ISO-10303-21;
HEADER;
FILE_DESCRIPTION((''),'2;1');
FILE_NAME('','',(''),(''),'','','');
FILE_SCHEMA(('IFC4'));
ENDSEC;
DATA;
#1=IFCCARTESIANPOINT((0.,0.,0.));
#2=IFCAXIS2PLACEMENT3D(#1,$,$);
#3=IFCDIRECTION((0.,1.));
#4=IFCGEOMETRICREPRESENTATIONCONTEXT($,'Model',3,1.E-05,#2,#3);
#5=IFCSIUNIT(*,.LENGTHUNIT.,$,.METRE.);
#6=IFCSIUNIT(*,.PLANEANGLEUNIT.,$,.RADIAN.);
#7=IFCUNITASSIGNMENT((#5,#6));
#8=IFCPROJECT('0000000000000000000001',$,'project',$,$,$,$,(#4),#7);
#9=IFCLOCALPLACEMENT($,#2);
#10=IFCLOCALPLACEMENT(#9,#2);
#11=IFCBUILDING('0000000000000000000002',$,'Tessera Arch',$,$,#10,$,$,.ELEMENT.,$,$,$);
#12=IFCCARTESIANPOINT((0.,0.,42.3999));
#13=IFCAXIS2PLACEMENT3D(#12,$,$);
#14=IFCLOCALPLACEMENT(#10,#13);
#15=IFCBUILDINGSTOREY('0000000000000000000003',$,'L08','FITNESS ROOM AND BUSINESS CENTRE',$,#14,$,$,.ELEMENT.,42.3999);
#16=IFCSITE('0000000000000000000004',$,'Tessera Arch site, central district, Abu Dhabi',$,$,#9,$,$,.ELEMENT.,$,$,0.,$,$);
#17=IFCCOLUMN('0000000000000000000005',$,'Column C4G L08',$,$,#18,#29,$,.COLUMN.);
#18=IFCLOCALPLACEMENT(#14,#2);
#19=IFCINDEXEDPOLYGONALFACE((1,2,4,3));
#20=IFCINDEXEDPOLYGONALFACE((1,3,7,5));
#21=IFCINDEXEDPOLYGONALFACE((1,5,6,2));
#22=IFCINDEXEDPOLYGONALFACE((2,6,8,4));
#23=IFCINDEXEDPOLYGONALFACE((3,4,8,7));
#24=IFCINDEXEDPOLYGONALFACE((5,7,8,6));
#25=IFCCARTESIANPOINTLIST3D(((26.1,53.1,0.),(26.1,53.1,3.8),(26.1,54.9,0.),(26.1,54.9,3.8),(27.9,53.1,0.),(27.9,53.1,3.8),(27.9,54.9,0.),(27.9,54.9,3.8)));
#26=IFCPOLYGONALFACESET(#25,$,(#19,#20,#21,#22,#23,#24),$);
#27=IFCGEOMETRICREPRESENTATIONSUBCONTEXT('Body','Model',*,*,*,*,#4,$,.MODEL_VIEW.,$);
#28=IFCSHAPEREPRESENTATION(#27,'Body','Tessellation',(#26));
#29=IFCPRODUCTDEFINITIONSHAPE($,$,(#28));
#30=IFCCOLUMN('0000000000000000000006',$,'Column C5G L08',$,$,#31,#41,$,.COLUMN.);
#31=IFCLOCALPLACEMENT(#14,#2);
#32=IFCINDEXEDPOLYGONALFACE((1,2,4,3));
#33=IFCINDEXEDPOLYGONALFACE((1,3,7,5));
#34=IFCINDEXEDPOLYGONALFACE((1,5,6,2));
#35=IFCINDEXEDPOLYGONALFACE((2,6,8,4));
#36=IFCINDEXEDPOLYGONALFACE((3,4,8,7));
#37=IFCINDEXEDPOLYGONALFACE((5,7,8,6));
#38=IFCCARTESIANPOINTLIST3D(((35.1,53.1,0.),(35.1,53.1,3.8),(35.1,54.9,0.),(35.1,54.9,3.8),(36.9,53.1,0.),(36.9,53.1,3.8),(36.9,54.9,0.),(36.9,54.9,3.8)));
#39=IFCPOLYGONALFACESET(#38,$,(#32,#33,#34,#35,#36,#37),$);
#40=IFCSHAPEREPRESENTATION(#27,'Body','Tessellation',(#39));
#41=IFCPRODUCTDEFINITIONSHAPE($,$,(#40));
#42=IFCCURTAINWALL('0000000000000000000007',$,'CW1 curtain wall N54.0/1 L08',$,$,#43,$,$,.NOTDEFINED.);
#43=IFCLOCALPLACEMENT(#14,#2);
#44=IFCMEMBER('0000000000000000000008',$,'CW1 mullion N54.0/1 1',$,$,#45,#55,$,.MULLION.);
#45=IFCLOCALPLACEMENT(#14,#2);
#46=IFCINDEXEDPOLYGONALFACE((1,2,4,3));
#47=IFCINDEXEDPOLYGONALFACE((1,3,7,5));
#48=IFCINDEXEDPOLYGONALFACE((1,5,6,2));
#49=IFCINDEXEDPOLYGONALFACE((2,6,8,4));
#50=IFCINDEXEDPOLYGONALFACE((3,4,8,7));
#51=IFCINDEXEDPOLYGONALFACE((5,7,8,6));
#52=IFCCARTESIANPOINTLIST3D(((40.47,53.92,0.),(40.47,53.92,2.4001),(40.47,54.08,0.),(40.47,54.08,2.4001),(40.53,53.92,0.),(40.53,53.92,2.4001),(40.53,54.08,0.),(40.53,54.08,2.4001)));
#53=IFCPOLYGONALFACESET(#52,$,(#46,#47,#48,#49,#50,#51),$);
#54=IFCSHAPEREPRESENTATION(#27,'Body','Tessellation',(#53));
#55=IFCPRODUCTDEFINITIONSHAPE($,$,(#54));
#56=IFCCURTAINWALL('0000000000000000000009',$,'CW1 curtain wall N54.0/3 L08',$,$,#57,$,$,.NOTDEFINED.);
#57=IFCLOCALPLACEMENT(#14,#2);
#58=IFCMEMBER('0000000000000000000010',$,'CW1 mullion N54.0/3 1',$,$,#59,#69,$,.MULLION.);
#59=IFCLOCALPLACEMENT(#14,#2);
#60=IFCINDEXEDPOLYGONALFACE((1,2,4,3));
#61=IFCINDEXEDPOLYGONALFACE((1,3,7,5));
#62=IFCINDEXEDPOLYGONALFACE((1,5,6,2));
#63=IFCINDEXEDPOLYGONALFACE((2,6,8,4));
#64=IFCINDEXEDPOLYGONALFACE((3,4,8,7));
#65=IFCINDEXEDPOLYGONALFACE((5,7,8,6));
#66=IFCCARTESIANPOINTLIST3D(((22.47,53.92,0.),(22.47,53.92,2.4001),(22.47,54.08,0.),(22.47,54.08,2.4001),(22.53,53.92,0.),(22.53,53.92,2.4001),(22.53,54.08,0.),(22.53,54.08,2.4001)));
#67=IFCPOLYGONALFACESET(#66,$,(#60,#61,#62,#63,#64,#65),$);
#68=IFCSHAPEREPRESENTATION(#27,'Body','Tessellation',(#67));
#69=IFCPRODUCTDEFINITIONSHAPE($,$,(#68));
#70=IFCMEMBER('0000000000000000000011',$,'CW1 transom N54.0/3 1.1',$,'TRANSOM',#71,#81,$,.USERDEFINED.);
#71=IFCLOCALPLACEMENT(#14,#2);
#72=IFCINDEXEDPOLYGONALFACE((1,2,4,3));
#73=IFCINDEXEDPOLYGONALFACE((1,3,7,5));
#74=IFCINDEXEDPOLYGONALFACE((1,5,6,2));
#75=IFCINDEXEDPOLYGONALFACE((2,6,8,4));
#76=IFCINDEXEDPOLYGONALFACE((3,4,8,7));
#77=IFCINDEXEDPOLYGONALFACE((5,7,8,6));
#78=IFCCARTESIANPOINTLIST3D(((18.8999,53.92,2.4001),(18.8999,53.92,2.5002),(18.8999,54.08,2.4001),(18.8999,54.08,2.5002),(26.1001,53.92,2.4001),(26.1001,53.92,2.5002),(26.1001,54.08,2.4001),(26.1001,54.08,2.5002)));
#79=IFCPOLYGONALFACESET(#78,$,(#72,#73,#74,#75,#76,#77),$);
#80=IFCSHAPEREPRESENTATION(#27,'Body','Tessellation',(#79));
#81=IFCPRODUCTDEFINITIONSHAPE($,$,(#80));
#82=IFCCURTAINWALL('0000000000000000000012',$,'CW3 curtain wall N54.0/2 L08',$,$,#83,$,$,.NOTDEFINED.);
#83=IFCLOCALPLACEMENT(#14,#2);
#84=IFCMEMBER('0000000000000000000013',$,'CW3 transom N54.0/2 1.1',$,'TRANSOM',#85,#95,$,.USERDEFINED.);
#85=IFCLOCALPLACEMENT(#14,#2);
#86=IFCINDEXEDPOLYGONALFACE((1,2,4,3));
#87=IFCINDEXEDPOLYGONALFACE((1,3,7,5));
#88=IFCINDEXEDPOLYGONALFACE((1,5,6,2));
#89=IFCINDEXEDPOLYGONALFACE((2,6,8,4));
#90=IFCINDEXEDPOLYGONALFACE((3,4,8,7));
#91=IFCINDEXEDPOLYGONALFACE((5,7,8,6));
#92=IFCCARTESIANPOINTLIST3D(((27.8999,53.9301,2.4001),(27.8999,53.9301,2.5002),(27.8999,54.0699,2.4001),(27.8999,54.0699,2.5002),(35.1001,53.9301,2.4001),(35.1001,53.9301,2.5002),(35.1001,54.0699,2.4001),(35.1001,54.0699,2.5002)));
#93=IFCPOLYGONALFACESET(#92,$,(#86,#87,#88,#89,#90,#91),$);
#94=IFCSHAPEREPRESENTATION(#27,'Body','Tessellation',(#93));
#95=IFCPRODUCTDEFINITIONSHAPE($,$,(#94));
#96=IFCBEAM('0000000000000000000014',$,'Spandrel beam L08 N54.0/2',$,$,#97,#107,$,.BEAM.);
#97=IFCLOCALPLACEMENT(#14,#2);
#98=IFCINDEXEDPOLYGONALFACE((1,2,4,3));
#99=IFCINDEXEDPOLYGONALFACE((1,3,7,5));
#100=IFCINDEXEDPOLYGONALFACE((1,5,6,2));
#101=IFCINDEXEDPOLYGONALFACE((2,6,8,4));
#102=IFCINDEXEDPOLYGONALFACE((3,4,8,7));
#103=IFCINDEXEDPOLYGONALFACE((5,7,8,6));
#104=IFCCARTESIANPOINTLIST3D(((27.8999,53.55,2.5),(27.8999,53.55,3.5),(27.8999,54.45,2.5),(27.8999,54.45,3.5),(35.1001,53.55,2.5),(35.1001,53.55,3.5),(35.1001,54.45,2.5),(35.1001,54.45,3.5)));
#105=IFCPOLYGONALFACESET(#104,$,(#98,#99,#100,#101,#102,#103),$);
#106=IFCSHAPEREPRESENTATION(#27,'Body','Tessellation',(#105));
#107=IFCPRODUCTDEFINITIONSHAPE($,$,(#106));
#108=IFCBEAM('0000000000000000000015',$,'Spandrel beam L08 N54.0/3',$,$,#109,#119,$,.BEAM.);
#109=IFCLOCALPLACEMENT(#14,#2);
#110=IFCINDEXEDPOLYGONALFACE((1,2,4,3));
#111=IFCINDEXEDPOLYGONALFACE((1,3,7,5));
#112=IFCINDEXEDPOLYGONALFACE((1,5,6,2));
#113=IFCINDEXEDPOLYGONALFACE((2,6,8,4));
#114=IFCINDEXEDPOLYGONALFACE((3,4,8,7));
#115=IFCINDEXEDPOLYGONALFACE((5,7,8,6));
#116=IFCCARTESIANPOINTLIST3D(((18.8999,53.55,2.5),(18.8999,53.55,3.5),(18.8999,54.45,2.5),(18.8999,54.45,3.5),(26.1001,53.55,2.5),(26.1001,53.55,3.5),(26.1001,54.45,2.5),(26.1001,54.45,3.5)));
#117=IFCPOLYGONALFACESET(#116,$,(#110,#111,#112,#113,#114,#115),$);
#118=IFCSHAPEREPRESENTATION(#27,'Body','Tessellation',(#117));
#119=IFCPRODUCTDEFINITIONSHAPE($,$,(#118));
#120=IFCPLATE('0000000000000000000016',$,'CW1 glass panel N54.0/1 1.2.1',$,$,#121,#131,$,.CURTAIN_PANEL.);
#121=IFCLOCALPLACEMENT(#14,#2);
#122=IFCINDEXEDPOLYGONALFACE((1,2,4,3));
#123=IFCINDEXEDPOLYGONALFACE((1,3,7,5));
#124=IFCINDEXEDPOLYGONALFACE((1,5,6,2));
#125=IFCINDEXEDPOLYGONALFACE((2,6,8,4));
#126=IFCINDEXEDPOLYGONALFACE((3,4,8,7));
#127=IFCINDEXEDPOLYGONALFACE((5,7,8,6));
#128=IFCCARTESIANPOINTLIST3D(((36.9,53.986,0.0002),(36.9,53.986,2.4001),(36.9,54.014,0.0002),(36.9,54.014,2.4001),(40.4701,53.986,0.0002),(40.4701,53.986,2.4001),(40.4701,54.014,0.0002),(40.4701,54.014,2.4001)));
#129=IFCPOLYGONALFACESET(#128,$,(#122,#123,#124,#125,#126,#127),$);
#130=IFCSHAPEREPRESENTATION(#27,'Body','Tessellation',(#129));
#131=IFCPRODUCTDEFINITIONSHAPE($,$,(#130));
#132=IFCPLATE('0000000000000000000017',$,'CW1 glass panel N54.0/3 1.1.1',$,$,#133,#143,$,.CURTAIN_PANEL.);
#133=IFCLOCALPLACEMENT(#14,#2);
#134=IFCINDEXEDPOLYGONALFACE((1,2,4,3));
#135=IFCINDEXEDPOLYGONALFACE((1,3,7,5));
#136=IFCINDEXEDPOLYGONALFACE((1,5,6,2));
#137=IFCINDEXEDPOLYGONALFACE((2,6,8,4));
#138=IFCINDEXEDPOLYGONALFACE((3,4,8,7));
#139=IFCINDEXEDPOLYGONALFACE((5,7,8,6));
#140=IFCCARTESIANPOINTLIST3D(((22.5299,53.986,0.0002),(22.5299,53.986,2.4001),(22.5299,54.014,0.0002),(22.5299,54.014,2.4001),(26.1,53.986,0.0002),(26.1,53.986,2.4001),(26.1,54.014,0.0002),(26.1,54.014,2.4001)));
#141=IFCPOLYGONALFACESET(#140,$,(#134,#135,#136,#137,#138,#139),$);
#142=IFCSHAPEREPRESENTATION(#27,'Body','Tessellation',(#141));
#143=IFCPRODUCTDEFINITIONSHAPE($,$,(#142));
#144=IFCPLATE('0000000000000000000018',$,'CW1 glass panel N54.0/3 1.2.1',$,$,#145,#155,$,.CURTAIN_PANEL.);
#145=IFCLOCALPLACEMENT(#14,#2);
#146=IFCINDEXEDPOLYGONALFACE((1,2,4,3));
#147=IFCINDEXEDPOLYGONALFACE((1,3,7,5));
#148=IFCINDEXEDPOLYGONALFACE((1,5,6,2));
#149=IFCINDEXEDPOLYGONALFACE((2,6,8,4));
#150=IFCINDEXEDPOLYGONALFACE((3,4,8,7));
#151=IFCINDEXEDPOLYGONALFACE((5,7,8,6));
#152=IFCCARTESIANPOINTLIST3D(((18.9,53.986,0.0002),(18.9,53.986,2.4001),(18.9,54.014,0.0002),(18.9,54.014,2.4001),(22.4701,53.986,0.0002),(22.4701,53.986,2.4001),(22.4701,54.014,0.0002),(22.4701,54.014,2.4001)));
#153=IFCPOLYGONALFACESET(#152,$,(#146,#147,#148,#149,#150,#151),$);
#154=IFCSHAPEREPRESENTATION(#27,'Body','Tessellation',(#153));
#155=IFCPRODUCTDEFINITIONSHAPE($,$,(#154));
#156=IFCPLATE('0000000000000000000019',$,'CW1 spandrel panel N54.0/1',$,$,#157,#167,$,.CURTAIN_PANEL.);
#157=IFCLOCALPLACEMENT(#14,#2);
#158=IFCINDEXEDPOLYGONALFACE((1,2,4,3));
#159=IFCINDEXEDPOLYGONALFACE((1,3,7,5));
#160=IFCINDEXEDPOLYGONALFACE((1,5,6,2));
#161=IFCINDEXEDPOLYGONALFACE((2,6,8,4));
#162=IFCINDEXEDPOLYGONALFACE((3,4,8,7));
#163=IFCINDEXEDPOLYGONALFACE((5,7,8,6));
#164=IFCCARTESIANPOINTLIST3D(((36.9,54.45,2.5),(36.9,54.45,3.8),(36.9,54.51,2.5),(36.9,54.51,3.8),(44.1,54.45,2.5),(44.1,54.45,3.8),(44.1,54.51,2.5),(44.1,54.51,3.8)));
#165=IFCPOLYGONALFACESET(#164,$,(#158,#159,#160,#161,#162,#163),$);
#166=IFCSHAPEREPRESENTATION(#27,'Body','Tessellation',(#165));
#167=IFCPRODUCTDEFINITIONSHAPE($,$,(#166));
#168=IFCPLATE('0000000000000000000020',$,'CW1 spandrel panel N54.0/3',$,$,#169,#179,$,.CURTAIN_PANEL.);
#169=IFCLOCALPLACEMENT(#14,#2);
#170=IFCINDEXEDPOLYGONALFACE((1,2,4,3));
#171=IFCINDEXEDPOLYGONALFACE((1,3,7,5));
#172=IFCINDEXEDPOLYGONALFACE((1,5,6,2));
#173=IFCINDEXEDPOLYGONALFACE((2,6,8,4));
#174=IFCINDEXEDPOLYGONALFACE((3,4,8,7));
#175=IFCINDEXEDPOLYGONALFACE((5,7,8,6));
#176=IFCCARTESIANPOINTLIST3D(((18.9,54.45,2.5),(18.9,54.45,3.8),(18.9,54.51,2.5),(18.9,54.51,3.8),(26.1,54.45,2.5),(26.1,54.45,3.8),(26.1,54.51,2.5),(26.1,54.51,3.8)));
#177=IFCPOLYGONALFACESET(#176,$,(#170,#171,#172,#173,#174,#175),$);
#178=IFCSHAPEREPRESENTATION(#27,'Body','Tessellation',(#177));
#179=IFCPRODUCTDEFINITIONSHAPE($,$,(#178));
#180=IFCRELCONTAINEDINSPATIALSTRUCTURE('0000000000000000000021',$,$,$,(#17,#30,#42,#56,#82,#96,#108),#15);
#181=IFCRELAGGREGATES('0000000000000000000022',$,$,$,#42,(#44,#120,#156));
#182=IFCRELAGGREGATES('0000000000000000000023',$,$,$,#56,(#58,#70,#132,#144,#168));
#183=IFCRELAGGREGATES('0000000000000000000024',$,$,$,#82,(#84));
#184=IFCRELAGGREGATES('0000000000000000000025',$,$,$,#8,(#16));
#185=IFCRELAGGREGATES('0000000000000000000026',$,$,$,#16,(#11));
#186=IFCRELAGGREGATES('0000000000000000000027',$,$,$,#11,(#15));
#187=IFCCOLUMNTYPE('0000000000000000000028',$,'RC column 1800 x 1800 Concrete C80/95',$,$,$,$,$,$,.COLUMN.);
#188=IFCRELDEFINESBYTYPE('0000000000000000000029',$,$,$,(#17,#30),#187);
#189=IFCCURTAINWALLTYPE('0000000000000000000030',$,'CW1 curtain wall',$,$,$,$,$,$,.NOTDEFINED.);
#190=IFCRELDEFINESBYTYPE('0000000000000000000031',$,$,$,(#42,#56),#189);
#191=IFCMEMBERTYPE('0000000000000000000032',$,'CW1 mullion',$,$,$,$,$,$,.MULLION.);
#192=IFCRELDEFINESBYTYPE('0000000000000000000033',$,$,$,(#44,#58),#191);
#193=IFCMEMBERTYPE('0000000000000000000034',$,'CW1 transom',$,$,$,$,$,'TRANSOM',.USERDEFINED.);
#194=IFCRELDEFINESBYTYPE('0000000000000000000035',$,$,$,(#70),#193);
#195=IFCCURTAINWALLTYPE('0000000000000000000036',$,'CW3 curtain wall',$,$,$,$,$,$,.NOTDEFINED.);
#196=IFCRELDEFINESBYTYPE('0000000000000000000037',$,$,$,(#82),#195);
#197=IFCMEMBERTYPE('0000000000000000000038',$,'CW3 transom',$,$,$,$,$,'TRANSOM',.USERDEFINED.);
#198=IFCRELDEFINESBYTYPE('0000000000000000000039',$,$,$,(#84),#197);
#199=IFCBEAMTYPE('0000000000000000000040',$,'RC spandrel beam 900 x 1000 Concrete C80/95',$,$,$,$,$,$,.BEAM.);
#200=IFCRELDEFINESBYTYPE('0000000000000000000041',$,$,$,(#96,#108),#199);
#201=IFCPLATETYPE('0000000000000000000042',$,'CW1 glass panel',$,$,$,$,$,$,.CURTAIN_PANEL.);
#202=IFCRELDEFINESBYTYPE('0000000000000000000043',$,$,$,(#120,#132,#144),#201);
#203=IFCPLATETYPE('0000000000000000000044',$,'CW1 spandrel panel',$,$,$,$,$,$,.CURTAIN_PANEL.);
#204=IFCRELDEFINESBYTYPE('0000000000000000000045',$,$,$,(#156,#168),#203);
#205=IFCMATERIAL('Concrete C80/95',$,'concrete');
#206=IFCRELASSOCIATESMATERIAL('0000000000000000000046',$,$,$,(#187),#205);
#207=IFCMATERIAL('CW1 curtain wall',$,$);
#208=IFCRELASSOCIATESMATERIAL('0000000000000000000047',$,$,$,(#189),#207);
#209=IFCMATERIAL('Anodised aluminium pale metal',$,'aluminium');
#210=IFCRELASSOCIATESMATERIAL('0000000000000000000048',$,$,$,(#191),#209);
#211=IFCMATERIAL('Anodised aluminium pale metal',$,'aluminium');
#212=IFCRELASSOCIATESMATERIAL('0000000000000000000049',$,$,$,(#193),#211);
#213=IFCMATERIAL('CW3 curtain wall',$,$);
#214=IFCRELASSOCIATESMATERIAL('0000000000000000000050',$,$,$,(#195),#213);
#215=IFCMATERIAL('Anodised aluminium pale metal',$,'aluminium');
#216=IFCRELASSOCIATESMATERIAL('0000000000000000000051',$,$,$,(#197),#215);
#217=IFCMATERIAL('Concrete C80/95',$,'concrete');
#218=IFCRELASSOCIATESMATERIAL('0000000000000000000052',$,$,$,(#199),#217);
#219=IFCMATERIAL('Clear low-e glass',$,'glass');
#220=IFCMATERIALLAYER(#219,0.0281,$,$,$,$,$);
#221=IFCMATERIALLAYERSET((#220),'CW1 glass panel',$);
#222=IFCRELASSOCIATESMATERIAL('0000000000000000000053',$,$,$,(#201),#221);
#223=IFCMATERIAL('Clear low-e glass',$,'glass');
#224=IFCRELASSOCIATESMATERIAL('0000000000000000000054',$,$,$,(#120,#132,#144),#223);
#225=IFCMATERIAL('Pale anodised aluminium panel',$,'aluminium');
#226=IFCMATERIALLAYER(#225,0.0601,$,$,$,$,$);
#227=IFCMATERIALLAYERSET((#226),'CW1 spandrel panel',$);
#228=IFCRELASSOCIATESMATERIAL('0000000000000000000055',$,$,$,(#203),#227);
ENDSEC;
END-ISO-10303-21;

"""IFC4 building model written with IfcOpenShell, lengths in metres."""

from ifc_helpers import new_model, si_unit, direction, frame, origin, origin_2d, place, context, subcontext, project, spatial, rectangle, extrude, material, layer, layer_set, material_profile, profile_set, type_object, element, aggregate, save


model = new_model("IFC4")

# Units and contexts
model_context = context("Model", 3, precision=1e-05, world=origin(), true_north=direction((0.0, 1.0)))
body_context = subcontext(model_context, "Body", "Model", "MODEL_VIEW")
ifc_project = project(units=[si_unit("LENGTHUNIT", "METRE"), si_unit("PLANEANGLEUNIT", "RADIAN")], contexts=[model_context])

# Site, building, storey
site_placement = place(None, origin())
site = spatial("IfcSite", under=ifc_project, at=site_placement, Name="Tessera Arch site, central district, Abu Dhabi", CompositionType="ELEMENT", RefElevation=0.0)
building_placement = place(site_placement, origin())
building = spatial("IfcBuilding", under=site, at=building_placement, Name="Tessera Arch", CompositionType="ELEMENT")
storey_placement = place(building_placement, frame((0.0, 0.0, 42.3999)))
storey = spatial("IfcBuildingStorey", under=building, at=storey_placement, Name="L08", Description="FITNESS ROOM AND BUSINESS CENTRE", CompositionType="ELEMENT", Elevation=42.3999)

# Columns
ifc_material_1 = material(Name="Concrete C80/95", Category="concrete")
ifc_material_profile_1 = material_profile(ifc_material_1, rectangle(XDim=1.8, YDim=1.8, at=origin_2d()), Name="RC column 1800 x 1800 Concrete C80/95")
ifc_profile_set_1 = profile_set([ifc_material_profile_1], Name="Concrete C80/95")
column_type = type_object("IfcColumnType", Name="RC column 1800 x 1800 Concrete C80/95", PredefinedType="COLUMN", material=ifc_profile_set_1)
for number, where, z_axis, x_axis, name in (
    (1, (27.0, 54.0, 0.0), (0.0, 0.0, 1.0), (1.0, 0.0, 0.0), "Column C4G L08"),
    (2, (36.0, 54.0, 0.0), (0.0, 0.0, 1.0), (1.0, 0.0, 0.0), "Column C5G L08"),
):
    element("IfcColumn", number, at=place(storey_placement, frame(where, z_axis=z_axis, x_axis=x_axis)), inside=storey, type_object=column_type, Name=name, PredefinedType="COLUMN", context=body_context, shape_type="SweptSolid", body=[
        extrude(rectangle(XDim=1.8, YDim=1.8, at=origin_2d()), origin(), (0.0, 0.0, 1.0), 3.8),
    ])

# Curtain wall, member
ifc_material_2 = material(Name="CW1 curtain wall")
curtain_wall_type_1 = type_object("IfcCurtainWallType", Name="CW1 curtain wall", PredefinedType="NOTDEFINED", material=ifc_material_2)
curtain_wall_1_placement = place(storey_placement, origin())
curtain_wall_1 = element("IfcCurtainWall", 3, at=curtain_wall_1_placement, inside=storey, type_object=curtain_wall_type_1, Name="CW1 curtain wall N54.0/1 L08", PredefinedType="NOTDEFINED")
ifc_material_3 = material(Name="Anodised aluminium pale metal", Category="aluminium")
ifc_material_profile_2 = material_profile(ifc_material_3, rectangle(XDim=0.1599, YDim=0.0601, at=origin_2d()), Name="AL 60x160")
ifc_profile_set_2 = profile_set([ifc_material_profile_2], Name="Anodised aluminium pale metal")
member_type_1 = type_object("IfcMemberType", Name="CW1 mullion", PredefinedType="MULLION", material=ifc_profile_set_2)
member_1_placement = place(storey_placement, frame((40.5, 54.0, 0.0), z_axis=(0.0, 0.0, 1.0), x_axis=(0.0, -1.0, 0.0)))
member_1 = element("IfcMember", 4, at=member_1_placement, type_object=member_type_1, Name="CW1 mullion N54.0/1 1", PredefinedType="MULLION", context=body_context, shape_type="SweptSolid", body=[
    extrude(rectangle(XDim=0.1599, YDim=0.0601, at=origin_2d()), origin(), (0.0, 0.0, 1.0), 2.4001),
])

# Curtain wall, members
curtain_wall_2_placement = place(storey_placement, origin())
curtain_wall_2 = element("IfcCurtainWall", 5, at=curtain_wall_2_placement, inside=storey, type_object=curtain_wall_type_1, Name="CW1 curtain wall N54.0/3 L08", PredefinedType="NOTDEFINED")
member_2_placement = place(storey_placement, frame((22.5, 54.0, 0.0), z_axis=(0.0, 0.0, 1.0), x_axis=(0.0, -1.0, 0.0)))
member_2 = element("IfcMember", 6, at=member_2_placement, type_object=member_type_1, Name="CW1 mullion N54.0/3 1", PredefinedType="MULLION", context=body_context, shape_type="SweptSolid", body=[
    extrude(rectangle(XDim=0.1599, YDim=0.0601, at=origin_2d()), origin(), (0.0, 0.0, 1.0), 2.4001),
])
ifc_material_4 = material(Name="Anodised aluminium pale metal", Category="aluminium")
ifc_material_profile_3 = material_profile(ifc_material_4, rectangle(XDim=0.1599, YDim=0.1001, at=origin_2d()), Name="AL 160x100")
ifc_profile_set_3 = profile_set([ifc_material_profile_3], Name="Anodised aluminium pale metal")
member_type_2 = type_object("IfcMemberType", Name="CW1 transom", ElementType="TRANSOM", PredefinedType="USERDEFINED", material=ifc_profile_set_3)
member_3_placement = place(storey_placement, frame((26.1001, 54.0, 2.4502), z_axis=(-1.0, 0.0, 0.0), x_axis=(0.0, -1.0, 0.0)))
member_3 = element("IfcMember", 7, at=member_3_placement, type_object=member_type_2, Name="CW1 transom N54.0/3 1.1", ObjectType="TRANSOM", PredefinedType="USERDEFINED", context=body_context, shape_type="SweptSolid", body=[
    extrude(rectangle(XDim=0.1599, YDim=0.1001, at=origin_2d()), origin(), (0.0, 0.0, 1.0), 7.2002),
])

# Curtain wall, member
ifc_material_5 = material(Name="CW3 curtain wall")
curtain_wall_type_2 = type_object("IfcCurtainWallType", Name="CW3 curtain wall", PredefinedType="NOTDEFINED", material=ifc_material_5)
curtain_wall_3_placement = place(storey_placement, origin())
curtain_wall_3 = element("IfcCurtainWall", 8, at=curtain_wall_3_placement, inside=storey, type_object=curtain_wall_type_2, Name="CW3 curtain wall N54.0/2 L08", PredefinedType="NOTDEFINED")
ifc_material_6 = material(Name="Anodised aluminium pale metal", Category="aluminium")
ifc_material_profile_4 = material_profile(ifc_material_6, rectangle(XDim=0.1399, YDim=0.1001, at=origin_2d()), Name="AL 140x100")
ifc_profile_set_4 = profile_set([ifc_material_profile_4], Name="Anodised aluminium pale metal")
member_type_3 = type_object("IfcMemberType", Name="CW3 transom", ElementType="TRANSOM", PredefinedType="USERDEFINED", material=ifc_profile_set_4)
member_4_placement = place(storey_placement, frame((35.1001, 54.0, 2.4502), z_axis=(-1.0, 0.0, 0.0), x_axis=(0.0, -1.0, 0.0)))
member_4 = element("IfcMember", 9, at=member_4_placement, type_object=member_type_3, Name="CW3 transom N54.0/2 1.1", ObjectType="TRANSOM", PredefinedType="USERDEFINED", context=body_context, shape_type="SweptSolid", body=[
    extrude(rectangle(XDim=0.1399, YDim=0.1001, at=origin_2d()), origin(), (0.0, 0.0, 1.0), 7.2002),
])

# Beams
ifc_material_7 = material(Name="Concrete C80/95", Category="concrete")
ifc_material_profile_5 = material_profile(ifc_material_7, rectangle(XDim=0.8999, YDim=1.0, at=origin_2d()), Name="RC spandrel beam 900 x 1000 Concrete C80/95")
ifc_profile_set_5 = profile_set([ifc_material_profile_5], Name="Concrete C80/95")
beam_type = type_object("IfcBeamType", Name="RC spandrel beam 900 x 1000 Concrete C80/95", PredefinedType="BEAM", material=ifc_profile_set_5)
for number, where, z_axis, x_axis, name in (
    (10, (35.1001, 54.0, 3.0), (-1.0, 0.0, 0.0), (0.0, -1.0, 0.0), "Spandrel beam L08 N54.0/2"),
    (11, (26.1001, 54.0, 3.0), (-1.0, 0.0, 0.0), (0.0, -1.0, 0.0), "Spandrel beam L08 N54.0/3"),
):
    element("IfcBeam", number, at=place(storey_placement, frame(where, z_axis=z_axis, x_axis=x_axis)), inside=storey, type_object=beam_type, Name=name, PredefinedType="BEAM", context=body_context, shape_type="SweptSolid", body=[
        extrude(rectangle(XDim=0.8999, YDim=1.0, at=origin_2d()), origin(), (0.0, 0.0, 1.0), 7.2002),
    ])

# Plates
ifc_material_8 = material(Name="Clear low-e glass", Category="glass")
ifc_material_9 = material(Name="Clear low-e glass", Category="glass")
ifc_layer_1 = layer(ifc_material_9, 0.0281)
ifc_layer_set_1 = layer_set([ifc_layer_1], Name="CW1 glass panel")
plate_type_1 = type_object("IfcPlateType", Name="CW1 glass panel", PredefinedType="CURTAIN_PANEL", material=ifc_layer_set_1)
plate_1_placement = place(storey_placement, frame((38.6851, 54.0, 0.0002), z_axis=(0.0, 0.0, 1.0), x_axis=(-1.0, 0.0, 0.0)))
plate_1 = element("IfcPlate", 12, at=plate_1_placement, type_object=plate_type_1, material=ifc_material_8, Name="CW1 glass panel N54.0/1 1.2.1", PredefinedType="CURTAIN_PANEL", context=body_context, shape_type="SweptSolid", body=[
    extrude(rectangle(XDim=3.5701, YDim=0.0281, at=origin_2d()), origin(), (0.0, 0.0, 1.0), 2.3999),
])
plate_2_placement = place(storey_placement, frame((24.3149, 54.0, 0.0002), z_axis=(0.0, 0.0, 1.0), x_axis=(-1.0, 0.0, 0.0)))
plate_2 = element("IfcPlate", 13, at=plate_2_placement, type_object=plate_type_1, material=ifc_material_8, Name="CW1 glass panel N54.0/3 1.1.1", PredefinedType="CURTAIN_PANEL", context=body_context, shape_type="SweptSolid", body=[
    extrude(rectangle(XDim=3.5701, YDim=0.0281, at=origin_2d()), origin(), (0.0, 0.0, 1.0), 2.3999),
])
plate_3_placement = place(storey_placement, frame((20.6851, 54.0, 0.0002), z_axis=(0.0, 0.0, 1.0), x_axis=(-1.0, 0.0, 0.0)))
plate_3 = element("IfcPlate", 14, at=plate_3_placement, type_object=plate_type_1, material=ifc_material_8, Name="CW1 glass panel N54.0/3 1.2.1", PredefinedType="CURTAIN_PANEL", context=body_context, shape_type="SweptSolid", body=[
    extrude(rectangle(XDim=3.5701, YDim=0.0281, at=origin_2d()), origin(), (0.0, 0.0, 1.0), 2.3999),
])
ifc_material_10 = material(Name="Pale anodised aluminium panel", Category="aluminium")
ifc_layer_2 = layer(ifc_material_10, 0.0601)
ifc_layer_set_2 = layer_set([ifc_layer_2], Name="CW1 spandrel panel")
plate_type_2 = type_object("IfcPlateType", Name="CW1 spandrel panel", PredefinedType="CURTAIN_PANEL", material=ifc_layer_set_2)
plate_4_placement = place(storey_placement, frame((40.5, 54.48, 2.5), z_axis=(0.0, 0.0, 1.0), x_axis=(-1.0, 0.0, 0.0)))
plate_4 = element("IfcPlate", 15, at=plate_4_placement, type_object=plate_type_2, Name="CW1 spandrel panel N54.0/1", PredefinedType="CURTAIN_PANEL", context=body_context, shape_type="SweptSolid", body=[
    extrude(rectangle(XDim=7.2, YDim=0.0601, at=origin_2d()), origin(), (0.0, 0.0, 1.0), 1.3),
])
aggregate(curtain_wall_1, [member_1, plate_1, plate_4])
plate_5_placement = place(storey_placement, frame((22.5, 54.48, 2.5), z_axis=(0.0, 0.0, 1.0), x_axis=(-1.0, 0.0, 0.0)))
plate_5 = element("IfcPlate", 16, at=plate_5_placement, type_object=plate_type_2, Name="CW1 spandrel panel N54.0/3", PredefinedType="CURTAIN_PANEL", context=body_context, shape_type="SweptSolid", body=[
    extrude(rectangle(XDim=7.2, YDim=0.0601, at=origin_2d()), origin(), (0.0, 0.0, 1.0), 1.3),
])
aggregate(curtain_wall_2, [member_2, member_3, plate_2, plate_3, plate_5])
aggregate(curtain_wall_3, [member_4])

save(model, "model.ifc")
